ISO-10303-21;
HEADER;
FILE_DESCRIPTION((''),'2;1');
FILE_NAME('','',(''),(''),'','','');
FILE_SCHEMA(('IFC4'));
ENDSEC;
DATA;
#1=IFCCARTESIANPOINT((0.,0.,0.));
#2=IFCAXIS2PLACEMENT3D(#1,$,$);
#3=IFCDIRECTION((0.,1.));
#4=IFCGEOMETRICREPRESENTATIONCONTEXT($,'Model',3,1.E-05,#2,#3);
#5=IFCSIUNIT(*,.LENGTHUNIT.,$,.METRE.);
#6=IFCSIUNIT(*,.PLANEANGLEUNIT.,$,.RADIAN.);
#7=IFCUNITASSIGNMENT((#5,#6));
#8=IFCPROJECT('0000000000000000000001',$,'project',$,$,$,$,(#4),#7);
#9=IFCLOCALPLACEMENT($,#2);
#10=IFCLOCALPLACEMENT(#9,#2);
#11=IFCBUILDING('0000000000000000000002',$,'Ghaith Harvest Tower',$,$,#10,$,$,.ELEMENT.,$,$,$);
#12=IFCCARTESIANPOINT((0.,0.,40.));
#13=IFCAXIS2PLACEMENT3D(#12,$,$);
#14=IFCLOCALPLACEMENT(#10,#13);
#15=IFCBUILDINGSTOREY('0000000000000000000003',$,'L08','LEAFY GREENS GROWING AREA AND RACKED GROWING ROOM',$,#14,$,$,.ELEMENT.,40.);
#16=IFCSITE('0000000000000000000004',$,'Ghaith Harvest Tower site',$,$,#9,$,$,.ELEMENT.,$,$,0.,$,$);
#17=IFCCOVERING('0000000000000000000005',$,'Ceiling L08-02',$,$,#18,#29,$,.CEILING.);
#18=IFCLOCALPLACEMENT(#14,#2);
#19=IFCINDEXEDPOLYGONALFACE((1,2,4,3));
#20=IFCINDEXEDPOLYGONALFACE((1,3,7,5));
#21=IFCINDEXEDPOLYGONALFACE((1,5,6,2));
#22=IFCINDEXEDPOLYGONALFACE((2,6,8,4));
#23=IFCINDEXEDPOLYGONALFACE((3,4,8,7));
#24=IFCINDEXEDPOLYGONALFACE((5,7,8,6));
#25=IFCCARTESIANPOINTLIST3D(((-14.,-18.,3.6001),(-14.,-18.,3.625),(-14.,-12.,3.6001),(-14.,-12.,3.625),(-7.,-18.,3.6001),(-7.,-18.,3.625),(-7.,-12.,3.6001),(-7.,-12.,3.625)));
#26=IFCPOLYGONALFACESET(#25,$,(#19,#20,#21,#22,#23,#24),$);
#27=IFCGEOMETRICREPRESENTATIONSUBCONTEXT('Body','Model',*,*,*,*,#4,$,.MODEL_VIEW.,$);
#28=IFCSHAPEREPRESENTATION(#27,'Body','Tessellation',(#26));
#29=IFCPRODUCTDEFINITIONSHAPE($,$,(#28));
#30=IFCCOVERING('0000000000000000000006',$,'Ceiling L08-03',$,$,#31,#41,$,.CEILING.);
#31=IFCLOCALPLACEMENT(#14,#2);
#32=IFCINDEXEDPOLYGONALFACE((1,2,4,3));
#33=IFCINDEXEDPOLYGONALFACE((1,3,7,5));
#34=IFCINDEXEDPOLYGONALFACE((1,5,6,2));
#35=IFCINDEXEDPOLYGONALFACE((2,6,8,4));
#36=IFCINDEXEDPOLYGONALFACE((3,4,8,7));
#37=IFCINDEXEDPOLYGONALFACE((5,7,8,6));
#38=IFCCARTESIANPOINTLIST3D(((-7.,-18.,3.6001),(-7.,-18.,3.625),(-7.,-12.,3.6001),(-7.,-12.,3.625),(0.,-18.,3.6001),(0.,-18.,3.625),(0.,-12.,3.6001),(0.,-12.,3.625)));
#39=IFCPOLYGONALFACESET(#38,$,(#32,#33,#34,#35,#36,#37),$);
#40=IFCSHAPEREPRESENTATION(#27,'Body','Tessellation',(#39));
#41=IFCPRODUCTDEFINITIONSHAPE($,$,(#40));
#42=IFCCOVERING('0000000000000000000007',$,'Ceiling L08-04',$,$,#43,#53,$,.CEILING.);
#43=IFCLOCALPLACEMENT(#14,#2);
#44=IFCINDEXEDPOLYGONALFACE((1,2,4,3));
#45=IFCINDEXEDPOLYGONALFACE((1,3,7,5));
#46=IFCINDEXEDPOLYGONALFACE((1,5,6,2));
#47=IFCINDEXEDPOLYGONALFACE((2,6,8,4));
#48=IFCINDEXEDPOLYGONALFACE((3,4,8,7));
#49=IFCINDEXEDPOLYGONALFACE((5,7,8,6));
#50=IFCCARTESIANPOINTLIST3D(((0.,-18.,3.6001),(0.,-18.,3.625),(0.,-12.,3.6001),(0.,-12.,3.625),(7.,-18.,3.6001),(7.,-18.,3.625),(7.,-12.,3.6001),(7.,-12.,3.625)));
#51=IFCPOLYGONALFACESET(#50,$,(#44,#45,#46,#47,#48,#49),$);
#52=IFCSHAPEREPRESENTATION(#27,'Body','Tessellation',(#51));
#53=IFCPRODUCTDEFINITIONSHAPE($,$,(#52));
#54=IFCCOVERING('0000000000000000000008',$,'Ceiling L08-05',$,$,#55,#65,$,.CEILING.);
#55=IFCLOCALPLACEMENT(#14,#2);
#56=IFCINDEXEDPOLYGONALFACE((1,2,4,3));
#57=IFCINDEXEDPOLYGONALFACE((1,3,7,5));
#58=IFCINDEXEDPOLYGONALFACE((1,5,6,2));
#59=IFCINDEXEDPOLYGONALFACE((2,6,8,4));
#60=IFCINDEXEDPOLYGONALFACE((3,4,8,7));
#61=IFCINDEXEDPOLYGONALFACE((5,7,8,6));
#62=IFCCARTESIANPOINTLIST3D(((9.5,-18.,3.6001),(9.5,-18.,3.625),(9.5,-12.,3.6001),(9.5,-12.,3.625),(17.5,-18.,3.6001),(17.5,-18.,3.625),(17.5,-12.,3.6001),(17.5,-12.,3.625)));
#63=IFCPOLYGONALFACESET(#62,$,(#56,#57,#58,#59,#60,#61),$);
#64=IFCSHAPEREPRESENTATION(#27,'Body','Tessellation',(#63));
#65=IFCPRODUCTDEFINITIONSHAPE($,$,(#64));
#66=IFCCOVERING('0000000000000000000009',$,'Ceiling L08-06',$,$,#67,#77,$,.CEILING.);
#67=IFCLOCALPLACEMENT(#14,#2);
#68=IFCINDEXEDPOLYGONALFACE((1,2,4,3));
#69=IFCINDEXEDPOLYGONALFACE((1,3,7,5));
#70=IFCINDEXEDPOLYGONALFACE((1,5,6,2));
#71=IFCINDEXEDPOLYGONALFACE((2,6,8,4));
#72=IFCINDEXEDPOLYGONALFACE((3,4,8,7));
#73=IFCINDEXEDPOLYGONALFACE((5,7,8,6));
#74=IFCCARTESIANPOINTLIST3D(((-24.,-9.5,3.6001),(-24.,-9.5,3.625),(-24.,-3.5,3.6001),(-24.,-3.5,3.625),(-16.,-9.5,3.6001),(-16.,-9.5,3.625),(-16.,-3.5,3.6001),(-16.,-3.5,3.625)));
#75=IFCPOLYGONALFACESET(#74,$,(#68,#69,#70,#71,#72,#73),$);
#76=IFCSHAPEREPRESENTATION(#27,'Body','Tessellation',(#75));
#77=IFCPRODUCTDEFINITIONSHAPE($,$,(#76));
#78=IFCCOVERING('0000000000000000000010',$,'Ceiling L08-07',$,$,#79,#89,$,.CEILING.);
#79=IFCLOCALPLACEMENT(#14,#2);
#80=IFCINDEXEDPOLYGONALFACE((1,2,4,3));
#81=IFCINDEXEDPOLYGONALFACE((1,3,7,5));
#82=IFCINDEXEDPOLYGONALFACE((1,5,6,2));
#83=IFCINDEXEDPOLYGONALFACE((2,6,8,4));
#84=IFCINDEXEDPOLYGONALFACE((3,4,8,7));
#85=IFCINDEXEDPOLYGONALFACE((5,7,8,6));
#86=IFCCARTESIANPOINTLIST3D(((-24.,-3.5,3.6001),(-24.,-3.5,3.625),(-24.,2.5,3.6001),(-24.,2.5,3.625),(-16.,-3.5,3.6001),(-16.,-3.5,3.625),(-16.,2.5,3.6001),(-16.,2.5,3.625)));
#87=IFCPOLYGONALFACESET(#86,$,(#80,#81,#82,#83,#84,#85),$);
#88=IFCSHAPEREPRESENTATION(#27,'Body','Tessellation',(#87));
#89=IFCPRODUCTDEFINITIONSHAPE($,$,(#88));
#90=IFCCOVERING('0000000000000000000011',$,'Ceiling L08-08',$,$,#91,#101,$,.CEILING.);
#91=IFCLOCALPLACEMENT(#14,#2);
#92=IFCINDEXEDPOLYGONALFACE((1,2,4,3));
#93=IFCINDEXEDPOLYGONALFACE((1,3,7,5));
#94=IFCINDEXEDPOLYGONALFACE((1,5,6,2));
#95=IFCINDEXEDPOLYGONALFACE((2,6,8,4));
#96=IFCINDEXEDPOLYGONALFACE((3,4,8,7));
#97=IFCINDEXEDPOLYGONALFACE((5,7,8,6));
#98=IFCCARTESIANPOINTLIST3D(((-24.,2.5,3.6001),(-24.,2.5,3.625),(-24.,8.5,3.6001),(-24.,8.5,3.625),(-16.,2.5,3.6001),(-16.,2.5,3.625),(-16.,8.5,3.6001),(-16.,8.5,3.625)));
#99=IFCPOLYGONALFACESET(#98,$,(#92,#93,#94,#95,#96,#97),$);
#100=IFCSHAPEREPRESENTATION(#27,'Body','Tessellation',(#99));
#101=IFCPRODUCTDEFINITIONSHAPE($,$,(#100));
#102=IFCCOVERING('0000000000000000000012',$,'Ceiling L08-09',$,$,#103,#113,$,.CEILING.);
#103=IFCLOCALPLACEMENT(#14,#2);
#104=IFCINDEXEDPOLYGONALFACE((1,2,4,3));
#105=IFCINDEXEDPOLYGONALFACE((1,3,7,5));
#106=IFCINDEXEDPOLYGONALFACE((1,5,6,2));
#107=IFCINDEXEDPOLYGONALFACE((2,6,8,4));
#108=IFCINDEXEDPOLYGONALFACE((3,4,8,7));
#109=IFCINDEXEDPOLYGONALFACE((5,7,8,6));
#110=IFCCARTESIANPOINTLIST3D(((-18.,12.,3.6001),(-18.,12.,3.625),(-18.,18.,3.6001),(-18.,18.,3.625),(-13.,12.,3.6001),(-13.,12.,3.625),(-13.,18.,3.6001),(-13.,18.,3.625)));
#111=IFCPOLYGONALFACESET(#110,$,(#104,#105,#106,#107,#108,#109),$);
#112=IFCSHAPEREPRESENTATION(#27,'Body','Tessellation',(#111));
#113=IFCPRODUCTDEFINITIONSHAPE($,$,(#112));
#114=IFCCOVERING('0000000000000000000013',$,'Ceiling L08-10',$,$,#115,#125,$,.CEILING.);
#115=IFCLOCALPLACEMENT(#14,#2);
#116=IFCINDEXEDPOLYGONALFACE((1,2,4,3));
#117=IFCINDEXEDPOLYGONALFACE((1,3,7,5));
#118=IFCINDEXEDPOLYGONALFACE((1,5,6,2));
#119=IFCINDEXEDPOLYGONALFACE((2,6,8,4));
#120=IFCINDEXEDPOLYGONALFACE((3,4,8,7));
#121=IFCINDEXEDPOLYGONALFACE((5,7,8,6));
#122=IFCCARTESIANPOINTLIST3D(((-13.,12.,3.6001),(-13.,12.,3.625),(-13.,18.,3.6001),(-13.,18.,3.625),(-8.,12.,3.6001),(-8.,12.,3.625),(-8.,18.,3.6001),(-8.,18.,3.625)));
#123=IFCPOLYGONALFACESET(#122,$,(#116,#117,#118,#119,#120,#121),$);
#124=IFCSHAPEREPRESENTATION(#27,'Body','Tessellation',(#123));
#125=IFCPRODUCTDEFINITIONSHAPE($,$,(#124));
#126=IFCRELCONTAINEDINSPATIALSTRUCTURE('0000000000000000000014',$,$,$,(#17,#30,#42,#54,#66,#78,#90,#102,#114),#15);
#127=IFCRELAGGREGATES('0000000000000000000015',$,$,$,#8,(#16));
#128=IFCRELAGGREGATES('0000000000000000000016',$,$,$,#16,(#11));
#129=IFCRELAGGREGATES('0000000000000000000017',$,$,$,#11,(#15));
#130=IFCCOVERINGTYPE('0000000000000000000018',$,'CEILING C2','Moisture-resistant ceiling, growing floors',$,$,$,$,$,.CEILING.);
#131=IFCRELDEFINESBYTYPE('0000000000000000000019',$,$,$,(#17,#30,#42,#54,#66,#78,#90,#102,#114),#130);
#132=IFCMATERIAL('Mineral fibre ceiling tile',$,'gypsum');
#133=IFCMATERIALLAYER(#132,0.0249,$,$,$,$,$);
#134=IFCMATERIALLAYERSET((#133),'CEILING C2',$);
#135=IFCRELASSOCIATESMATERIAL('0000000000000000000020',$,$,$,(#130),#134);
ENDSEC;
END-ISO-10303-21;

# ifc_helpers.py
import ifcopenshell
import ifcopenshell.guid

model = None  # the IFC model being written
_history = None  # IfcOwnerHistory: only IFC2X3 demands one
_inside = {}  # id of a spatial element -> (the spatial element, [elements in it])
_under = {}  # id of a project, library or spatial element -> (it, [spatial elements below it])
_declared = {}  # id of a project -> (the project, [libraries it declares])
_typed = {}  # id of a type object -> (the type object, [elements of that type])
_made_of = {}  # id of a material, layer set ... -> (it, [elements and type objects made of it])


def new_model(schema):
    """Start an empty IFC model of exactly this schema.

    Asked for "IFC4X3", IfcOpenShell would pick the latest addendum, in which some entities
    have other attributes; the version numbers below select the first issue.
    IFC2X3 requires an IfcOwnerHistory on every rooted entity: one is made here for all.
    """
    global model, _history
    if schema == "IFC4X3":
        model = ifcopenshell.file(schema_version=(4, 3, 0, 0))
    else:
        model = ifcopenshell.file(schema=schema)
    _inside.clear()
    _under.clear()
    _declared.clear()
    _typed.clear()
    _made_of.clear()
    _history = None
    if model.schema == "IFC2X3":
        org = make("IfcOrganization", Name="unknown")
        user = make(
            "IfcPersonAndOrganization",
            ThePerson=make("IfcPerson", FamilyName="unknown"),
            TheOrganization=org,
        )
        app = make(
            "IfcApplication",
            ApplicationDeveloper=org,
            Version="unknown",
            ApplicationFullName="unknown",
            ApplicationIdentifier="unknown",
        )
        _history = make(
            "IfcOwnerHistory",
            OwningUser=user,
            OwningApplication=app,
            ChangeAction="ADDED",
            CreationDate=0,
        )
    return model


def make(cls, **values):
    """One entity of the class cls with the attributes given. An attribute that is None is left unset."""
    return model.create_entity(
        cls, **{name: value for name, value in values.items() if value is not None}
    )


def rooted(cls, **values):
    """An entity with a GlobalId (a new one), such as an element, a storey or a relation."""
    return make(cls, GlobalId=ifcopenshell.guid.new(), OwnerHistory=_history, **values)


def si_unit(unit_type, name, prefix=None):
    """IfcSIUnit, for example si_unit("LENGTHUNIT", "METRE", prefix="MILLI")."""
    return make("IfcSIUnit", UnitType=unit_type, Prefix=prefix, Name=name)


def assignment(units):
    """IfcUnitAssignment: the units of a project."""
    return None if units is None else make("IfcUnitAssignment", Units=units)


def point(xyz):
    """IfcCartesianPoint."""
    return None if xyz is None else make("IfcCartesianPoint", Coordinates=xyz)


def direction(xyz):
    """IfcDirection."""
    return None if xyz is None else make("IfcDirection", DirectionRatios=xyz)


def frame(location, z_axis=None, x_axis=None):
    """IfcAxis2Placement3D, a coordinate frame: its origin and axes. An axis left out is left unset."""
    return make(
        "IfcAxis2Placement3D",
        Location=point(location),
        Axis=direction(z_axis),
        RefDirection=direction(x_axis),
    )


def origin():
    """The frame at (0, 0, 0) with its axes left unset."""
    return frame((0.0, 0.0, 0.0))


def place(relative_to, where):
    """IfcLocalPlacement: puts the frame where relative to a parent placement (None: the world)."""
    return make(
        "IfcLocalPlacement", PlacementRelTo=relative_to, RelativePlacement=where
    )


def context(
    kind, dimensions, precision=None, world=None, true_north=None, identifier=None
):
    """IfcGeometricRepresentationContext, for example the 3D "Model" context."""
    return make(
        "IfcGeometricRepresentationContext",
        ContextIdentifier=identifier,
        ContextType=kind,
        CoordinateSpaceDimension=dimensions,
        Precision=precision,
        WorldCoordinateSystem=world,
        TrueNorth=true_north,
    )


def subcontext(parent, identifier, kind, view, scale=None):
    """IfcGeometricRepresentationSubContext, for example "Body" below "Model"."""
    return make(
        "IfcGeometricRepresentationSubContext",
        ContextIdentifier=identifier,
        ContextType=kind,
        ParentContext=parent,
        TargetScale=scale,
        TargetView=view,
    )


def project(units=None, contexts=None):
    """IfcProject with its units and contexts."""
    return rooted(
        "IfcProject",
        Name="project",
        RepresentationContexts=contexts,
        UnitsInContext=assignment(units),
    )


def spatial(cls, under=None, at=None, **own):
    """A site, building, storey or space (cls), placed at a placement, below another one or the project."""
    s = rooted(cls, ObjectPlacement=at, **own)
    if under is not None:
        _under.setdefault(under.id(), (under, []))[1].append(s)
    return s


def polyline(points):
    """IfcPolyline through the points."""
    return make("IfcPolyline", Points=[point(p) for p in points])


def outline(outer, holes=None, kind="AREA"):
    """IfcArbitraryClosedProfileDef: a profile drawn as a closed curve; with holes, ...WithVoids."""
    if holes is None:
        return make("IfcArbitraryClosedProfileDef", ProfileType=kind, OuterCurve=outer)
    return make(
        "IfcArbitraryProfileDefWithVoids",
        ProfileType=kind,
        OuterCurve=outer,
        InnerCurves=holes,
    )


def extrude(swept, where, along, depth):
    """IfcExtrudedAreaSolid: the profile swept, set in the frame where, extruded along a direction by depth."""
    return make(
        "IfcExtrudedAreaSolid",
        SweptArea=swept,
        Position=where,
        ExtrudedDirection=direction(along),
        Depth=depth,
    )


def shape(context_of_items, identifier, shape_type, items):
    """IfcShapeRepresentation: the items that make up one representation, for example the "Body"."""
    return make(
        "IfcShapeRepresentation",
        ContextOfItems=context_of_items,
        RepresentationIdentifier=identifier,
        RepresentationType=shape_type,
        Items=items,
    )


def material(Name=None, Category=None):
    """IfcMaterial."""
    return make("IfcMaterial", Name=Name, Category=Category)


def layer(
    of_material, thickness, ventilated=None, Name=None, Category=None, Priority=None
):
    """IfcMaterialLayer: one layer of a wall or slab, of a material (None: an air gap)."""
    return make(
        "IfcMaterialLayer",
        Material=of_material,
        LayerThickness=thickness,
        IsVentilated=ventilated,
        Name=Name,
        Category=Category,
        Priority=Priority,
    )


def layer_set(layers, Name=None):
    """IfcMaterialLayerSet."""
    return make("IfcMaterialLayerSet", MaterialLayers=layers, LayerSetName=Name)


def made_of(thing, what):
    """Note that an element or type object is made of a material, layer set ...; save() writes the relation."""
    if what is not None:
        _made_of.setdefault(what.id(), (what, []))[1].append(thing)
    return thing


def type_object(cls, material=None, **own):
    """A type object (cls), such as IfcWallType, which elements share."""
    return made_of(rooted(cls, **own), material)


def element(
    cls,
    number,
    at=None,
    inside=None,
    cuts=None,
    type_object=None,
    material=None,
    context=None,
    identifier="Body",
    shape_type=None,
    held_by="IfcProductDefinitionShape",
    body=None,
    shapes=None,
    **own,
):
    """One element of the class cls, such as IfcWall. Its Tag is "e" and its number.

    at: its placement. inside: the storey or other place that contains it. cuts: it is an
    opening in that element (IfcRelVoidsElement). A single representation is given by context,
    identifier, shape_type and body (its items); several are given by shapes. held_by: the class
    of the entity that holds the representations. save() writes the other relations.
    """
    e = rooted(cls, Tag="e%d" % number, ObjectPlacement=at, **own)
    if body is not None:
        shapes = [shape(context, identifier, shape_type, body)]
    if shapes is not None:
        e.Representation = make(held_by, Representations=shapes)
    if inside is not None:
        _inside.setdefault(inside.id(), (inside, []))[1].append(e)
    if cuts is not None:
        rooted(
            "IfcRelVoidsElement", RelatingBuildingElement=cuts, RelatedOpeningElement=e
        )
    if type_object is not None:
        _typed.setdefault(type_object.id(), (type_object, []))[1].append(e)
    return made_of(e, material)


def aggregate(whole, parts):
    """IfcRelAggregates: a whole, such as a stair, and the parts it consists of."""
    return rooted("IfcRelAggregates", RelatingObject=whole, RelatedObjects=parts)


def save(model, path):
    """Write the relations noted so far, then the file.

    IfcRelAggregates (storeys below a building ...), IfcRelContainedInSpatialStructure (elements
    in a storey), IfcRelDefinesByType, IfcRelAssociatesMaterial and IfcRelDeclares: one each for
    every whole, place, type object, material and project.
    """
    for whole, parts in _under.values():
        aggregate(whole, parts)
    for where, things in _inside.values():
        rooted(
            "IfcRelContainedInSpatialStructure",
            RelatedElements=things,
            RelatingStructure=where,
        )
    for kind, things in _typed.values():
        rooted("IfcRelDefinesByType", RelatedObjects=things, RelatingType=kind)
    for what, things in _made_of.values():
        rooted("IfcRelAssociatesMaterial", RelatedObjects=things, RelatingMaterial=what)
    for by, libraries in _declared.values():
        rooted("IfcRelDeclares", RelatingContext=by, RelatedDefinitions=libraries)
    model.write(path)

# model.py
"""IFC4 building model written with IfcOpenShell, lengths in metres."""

from ifc_helpers import new_model, si_unit, direction, frame, origin, place, context, subcontext, project, spatial, polyline, outline, extrude, material, layer, layer_set, type_object, element, save


model = new_model("IFC4")

# Units and contexts
model_context = context("Model", 3, precision=1e-05, world=origin(), true_north=direction((0.0, 1.0)))
body_context = subcontext(model_context, "Body", "Model", "MODEL_VIEW")
ifc_project = project(units=[si_unit("LENGTHUNIT", "METRE"), si_unit("PLANEANGLEUNIT", "RADIAN")], contexts=[model_context])

# Site, building, storey
site_placement = place(None, origin())
site = spatial("IfcSite", under=ifc_project, at=site_placement, Name="Ghaith Harvest Tower site", CompositionType="ELEMENT", RefElevation=0.0)
building_placement = place(site_placement, origin())
building = spatial("IfcBuilding", under=site, at=building_placement, Name="Ghaith Harvest Tower", CompositionType="ELEMENT")
storey_placement = place(building_placement, frame((0.0, 0.0, 40.0)))
storey = spatial("IfcBuildingStorey", under=building, at=storey_placement, Name="L08", Description="LEAFY GREENS GROWING AREA AND RACKED GROWING ROOM", CompositionType="ELEMENT", Elevation=40.0)

# Coverings
ifc_material_1 = material(Name="Mineral fibre ceiling tile", Category="gypsum")
ifc_layer_1 = layer(ifc_material_1, 0.0249)
ifc_layer_set_1 = layer_set([ifc_layer_1], Name="CEILING C2")
covering_type = type_object("IfcCoveringType", Name="CEILING C2", Description="Moisture-resistant ceiling, growing floors", PredefinedType="CEILING", material=ifc_layer_set_1)
covering_1_placement = place(storey_placement, frame((0.0, 0.0, 3.6001)))
element("IfcCovering", 1, at=covering_1_placement, inside=storey, type_object=covering_type, Name="Ceiling L08-02", PredefinedType="CEILING", context=body_context, shape_type="SweptSolid", body=[
    extrude(outline(polyline([(-14.0, -18.0), (-7.0, -18.0), (-7.0, -12.0), (-14.0, -12.0), (-14.0, -18.0)])), origin(), (0.0, 0.0, 1.0), 0.0249),
])
covering_2_placement = place(storey_placement, frame((0.0, 0.0, 3.6001)))
element("IfcCovering", 2, at=covering_2_placement, inside=storey, type_object=covering_type, Name="Ceiling L08-03", PredefinedType="CEILING", context=body_context, shape_type="SweptSolid", body=[
    extrude(outline(polyline([(-7.0, -18.0), (0.0, -18.0), (0.0, -12.0), (-7.0, -12.0), (-7.0, -18.0)])), origin(), (0.0, 0.0, 1.0), 0.0249),
])
covering_3_placement = place(storey_placement, frame((0.0, 0.0, 3.6001)))
element("IfcCovering", 3, at=covering_3_placement, inside=storey, type_object=covering_type, Name="Ceiling L08-04", PredefinedType="CEILING", context=body_context, shape_type="SweptSolid", body=[
    extrude(outline(polyline([(0.0, -18.0), (7.0, -18.0), (7.0, -12.0), (0.0, -12.0), (0.0, -18.0)])), origin(), (0.0, 0.0, 1.0), 0.0249),
])
covering_4_placement = place(storey_placement, frame((0.0, 0.0, 3.6001)))
element("IfcCovering", 4, at=covering_4_placement, inside=storey, type_object=covering_type, Name="Ceiling L08-05", PredefinedType="CEILING", context=body_context, shape_type="SweptSolid", body=[
    extrude(outline(polyline([(9.5, -18.0), (17.5, -18.0), (17.5, -12.0), (9.5, -12.0), (9.5, -18.0)])), origin(), (0.0, 0.0, 1.0), 0.0249),
])
covering_5_placement = place(storey_placement, frame((0.0, 0.0, 3.6001)))
element("IfcCovering", 5, at=covering_5_placement, inside=storey, type_object=covering_type, Name="Ceiling L08-06", PredefinedType="CEILING", context=body_context, shape_type="SweptSolid", body=[
    extrude(outline(polyline([(-24.0, -9.5), (-16.0, -9.5), (-16.0, -3.5), (-24.0, -3.5), (-24.0, -9.5)])), origin(), (0.0, 0.0, 1.0), 0.0249),
])
covering_6_placement = place(storey_placement, frame((0.0, 0.0, 3.6001)))
element("IfcCovering", 6, at=covering_6_placement, inside=storey, type_object=covering_type, Name="Ceiling L08-07", PredefinedType="CEILING", context=body_context, shape_type="SweptSolid", body=[
    extrude(outline(polyline([(-24.0, -3.5), (-16.0, -3.5), (-16.0, 2.5), (-24.0, 2.5), (-24.0, -3.5)])), origin(), (0.0, 0.0, 1.0), 0.0249),
])
covering_7_placement = place(storey_placement, frame((0.0, 0.0, 3.6001)))
element("IfcCovering", 7, at=covering_7_placement, inside=storey, type_object=covering_type, Name="Ceiling L08-08", PredefinedType="CEILING", context=body_context, shape_type="SweptSolid", body=[
    extrude(outline(polyline([(-24.0, 2.5), (-16.0, 2.5), (-16.0, 8.5), (-24.0, 8.5), (-24.0, 2.5)])), origin(), (0.0, 0.0, 1.0), 0.0249),
])
covering_8_placement = place(storey_placement, frame((0.0, 0.0, 3.6001)))
element("IfcCovering", 8, at=covering_8_placement, inside=storey, type_object=covering_type, Name="Ceiling L08-09", PredefinedType="CEILING", context=body_context, shape_type="SweptSolid", body=[
    extrude(outline(polyline([(-18.0, 12.0), (-13.0, 12.0), (-13.0, 18.0), (-18.0, 18.0), (-18.0, 12.0)])), origin(), (0.0, 0.0, 1.0), 0.0249),
])
covering_9_placement = place(storey_placement, frame((0.0, 0.0, 3.6001)))
element("IfcCovering", 9, at=covering_9_placement, inside=storey, type_object=covering_type, Name="Ceiling L08-10", PredefinedType="CEILING", context=body_context, shape_type="SweptSolid", body=[
    extrude(outline(polyline([(-13.0, 12.0), (-8.0, 12.0), (-8.0, 18.0), (-13.0, 18.0), (-13.0, 12.0)])), origin(), (0.0, 0.0, 1.0), 0.0249),
])

save(model, "model.ifc")
